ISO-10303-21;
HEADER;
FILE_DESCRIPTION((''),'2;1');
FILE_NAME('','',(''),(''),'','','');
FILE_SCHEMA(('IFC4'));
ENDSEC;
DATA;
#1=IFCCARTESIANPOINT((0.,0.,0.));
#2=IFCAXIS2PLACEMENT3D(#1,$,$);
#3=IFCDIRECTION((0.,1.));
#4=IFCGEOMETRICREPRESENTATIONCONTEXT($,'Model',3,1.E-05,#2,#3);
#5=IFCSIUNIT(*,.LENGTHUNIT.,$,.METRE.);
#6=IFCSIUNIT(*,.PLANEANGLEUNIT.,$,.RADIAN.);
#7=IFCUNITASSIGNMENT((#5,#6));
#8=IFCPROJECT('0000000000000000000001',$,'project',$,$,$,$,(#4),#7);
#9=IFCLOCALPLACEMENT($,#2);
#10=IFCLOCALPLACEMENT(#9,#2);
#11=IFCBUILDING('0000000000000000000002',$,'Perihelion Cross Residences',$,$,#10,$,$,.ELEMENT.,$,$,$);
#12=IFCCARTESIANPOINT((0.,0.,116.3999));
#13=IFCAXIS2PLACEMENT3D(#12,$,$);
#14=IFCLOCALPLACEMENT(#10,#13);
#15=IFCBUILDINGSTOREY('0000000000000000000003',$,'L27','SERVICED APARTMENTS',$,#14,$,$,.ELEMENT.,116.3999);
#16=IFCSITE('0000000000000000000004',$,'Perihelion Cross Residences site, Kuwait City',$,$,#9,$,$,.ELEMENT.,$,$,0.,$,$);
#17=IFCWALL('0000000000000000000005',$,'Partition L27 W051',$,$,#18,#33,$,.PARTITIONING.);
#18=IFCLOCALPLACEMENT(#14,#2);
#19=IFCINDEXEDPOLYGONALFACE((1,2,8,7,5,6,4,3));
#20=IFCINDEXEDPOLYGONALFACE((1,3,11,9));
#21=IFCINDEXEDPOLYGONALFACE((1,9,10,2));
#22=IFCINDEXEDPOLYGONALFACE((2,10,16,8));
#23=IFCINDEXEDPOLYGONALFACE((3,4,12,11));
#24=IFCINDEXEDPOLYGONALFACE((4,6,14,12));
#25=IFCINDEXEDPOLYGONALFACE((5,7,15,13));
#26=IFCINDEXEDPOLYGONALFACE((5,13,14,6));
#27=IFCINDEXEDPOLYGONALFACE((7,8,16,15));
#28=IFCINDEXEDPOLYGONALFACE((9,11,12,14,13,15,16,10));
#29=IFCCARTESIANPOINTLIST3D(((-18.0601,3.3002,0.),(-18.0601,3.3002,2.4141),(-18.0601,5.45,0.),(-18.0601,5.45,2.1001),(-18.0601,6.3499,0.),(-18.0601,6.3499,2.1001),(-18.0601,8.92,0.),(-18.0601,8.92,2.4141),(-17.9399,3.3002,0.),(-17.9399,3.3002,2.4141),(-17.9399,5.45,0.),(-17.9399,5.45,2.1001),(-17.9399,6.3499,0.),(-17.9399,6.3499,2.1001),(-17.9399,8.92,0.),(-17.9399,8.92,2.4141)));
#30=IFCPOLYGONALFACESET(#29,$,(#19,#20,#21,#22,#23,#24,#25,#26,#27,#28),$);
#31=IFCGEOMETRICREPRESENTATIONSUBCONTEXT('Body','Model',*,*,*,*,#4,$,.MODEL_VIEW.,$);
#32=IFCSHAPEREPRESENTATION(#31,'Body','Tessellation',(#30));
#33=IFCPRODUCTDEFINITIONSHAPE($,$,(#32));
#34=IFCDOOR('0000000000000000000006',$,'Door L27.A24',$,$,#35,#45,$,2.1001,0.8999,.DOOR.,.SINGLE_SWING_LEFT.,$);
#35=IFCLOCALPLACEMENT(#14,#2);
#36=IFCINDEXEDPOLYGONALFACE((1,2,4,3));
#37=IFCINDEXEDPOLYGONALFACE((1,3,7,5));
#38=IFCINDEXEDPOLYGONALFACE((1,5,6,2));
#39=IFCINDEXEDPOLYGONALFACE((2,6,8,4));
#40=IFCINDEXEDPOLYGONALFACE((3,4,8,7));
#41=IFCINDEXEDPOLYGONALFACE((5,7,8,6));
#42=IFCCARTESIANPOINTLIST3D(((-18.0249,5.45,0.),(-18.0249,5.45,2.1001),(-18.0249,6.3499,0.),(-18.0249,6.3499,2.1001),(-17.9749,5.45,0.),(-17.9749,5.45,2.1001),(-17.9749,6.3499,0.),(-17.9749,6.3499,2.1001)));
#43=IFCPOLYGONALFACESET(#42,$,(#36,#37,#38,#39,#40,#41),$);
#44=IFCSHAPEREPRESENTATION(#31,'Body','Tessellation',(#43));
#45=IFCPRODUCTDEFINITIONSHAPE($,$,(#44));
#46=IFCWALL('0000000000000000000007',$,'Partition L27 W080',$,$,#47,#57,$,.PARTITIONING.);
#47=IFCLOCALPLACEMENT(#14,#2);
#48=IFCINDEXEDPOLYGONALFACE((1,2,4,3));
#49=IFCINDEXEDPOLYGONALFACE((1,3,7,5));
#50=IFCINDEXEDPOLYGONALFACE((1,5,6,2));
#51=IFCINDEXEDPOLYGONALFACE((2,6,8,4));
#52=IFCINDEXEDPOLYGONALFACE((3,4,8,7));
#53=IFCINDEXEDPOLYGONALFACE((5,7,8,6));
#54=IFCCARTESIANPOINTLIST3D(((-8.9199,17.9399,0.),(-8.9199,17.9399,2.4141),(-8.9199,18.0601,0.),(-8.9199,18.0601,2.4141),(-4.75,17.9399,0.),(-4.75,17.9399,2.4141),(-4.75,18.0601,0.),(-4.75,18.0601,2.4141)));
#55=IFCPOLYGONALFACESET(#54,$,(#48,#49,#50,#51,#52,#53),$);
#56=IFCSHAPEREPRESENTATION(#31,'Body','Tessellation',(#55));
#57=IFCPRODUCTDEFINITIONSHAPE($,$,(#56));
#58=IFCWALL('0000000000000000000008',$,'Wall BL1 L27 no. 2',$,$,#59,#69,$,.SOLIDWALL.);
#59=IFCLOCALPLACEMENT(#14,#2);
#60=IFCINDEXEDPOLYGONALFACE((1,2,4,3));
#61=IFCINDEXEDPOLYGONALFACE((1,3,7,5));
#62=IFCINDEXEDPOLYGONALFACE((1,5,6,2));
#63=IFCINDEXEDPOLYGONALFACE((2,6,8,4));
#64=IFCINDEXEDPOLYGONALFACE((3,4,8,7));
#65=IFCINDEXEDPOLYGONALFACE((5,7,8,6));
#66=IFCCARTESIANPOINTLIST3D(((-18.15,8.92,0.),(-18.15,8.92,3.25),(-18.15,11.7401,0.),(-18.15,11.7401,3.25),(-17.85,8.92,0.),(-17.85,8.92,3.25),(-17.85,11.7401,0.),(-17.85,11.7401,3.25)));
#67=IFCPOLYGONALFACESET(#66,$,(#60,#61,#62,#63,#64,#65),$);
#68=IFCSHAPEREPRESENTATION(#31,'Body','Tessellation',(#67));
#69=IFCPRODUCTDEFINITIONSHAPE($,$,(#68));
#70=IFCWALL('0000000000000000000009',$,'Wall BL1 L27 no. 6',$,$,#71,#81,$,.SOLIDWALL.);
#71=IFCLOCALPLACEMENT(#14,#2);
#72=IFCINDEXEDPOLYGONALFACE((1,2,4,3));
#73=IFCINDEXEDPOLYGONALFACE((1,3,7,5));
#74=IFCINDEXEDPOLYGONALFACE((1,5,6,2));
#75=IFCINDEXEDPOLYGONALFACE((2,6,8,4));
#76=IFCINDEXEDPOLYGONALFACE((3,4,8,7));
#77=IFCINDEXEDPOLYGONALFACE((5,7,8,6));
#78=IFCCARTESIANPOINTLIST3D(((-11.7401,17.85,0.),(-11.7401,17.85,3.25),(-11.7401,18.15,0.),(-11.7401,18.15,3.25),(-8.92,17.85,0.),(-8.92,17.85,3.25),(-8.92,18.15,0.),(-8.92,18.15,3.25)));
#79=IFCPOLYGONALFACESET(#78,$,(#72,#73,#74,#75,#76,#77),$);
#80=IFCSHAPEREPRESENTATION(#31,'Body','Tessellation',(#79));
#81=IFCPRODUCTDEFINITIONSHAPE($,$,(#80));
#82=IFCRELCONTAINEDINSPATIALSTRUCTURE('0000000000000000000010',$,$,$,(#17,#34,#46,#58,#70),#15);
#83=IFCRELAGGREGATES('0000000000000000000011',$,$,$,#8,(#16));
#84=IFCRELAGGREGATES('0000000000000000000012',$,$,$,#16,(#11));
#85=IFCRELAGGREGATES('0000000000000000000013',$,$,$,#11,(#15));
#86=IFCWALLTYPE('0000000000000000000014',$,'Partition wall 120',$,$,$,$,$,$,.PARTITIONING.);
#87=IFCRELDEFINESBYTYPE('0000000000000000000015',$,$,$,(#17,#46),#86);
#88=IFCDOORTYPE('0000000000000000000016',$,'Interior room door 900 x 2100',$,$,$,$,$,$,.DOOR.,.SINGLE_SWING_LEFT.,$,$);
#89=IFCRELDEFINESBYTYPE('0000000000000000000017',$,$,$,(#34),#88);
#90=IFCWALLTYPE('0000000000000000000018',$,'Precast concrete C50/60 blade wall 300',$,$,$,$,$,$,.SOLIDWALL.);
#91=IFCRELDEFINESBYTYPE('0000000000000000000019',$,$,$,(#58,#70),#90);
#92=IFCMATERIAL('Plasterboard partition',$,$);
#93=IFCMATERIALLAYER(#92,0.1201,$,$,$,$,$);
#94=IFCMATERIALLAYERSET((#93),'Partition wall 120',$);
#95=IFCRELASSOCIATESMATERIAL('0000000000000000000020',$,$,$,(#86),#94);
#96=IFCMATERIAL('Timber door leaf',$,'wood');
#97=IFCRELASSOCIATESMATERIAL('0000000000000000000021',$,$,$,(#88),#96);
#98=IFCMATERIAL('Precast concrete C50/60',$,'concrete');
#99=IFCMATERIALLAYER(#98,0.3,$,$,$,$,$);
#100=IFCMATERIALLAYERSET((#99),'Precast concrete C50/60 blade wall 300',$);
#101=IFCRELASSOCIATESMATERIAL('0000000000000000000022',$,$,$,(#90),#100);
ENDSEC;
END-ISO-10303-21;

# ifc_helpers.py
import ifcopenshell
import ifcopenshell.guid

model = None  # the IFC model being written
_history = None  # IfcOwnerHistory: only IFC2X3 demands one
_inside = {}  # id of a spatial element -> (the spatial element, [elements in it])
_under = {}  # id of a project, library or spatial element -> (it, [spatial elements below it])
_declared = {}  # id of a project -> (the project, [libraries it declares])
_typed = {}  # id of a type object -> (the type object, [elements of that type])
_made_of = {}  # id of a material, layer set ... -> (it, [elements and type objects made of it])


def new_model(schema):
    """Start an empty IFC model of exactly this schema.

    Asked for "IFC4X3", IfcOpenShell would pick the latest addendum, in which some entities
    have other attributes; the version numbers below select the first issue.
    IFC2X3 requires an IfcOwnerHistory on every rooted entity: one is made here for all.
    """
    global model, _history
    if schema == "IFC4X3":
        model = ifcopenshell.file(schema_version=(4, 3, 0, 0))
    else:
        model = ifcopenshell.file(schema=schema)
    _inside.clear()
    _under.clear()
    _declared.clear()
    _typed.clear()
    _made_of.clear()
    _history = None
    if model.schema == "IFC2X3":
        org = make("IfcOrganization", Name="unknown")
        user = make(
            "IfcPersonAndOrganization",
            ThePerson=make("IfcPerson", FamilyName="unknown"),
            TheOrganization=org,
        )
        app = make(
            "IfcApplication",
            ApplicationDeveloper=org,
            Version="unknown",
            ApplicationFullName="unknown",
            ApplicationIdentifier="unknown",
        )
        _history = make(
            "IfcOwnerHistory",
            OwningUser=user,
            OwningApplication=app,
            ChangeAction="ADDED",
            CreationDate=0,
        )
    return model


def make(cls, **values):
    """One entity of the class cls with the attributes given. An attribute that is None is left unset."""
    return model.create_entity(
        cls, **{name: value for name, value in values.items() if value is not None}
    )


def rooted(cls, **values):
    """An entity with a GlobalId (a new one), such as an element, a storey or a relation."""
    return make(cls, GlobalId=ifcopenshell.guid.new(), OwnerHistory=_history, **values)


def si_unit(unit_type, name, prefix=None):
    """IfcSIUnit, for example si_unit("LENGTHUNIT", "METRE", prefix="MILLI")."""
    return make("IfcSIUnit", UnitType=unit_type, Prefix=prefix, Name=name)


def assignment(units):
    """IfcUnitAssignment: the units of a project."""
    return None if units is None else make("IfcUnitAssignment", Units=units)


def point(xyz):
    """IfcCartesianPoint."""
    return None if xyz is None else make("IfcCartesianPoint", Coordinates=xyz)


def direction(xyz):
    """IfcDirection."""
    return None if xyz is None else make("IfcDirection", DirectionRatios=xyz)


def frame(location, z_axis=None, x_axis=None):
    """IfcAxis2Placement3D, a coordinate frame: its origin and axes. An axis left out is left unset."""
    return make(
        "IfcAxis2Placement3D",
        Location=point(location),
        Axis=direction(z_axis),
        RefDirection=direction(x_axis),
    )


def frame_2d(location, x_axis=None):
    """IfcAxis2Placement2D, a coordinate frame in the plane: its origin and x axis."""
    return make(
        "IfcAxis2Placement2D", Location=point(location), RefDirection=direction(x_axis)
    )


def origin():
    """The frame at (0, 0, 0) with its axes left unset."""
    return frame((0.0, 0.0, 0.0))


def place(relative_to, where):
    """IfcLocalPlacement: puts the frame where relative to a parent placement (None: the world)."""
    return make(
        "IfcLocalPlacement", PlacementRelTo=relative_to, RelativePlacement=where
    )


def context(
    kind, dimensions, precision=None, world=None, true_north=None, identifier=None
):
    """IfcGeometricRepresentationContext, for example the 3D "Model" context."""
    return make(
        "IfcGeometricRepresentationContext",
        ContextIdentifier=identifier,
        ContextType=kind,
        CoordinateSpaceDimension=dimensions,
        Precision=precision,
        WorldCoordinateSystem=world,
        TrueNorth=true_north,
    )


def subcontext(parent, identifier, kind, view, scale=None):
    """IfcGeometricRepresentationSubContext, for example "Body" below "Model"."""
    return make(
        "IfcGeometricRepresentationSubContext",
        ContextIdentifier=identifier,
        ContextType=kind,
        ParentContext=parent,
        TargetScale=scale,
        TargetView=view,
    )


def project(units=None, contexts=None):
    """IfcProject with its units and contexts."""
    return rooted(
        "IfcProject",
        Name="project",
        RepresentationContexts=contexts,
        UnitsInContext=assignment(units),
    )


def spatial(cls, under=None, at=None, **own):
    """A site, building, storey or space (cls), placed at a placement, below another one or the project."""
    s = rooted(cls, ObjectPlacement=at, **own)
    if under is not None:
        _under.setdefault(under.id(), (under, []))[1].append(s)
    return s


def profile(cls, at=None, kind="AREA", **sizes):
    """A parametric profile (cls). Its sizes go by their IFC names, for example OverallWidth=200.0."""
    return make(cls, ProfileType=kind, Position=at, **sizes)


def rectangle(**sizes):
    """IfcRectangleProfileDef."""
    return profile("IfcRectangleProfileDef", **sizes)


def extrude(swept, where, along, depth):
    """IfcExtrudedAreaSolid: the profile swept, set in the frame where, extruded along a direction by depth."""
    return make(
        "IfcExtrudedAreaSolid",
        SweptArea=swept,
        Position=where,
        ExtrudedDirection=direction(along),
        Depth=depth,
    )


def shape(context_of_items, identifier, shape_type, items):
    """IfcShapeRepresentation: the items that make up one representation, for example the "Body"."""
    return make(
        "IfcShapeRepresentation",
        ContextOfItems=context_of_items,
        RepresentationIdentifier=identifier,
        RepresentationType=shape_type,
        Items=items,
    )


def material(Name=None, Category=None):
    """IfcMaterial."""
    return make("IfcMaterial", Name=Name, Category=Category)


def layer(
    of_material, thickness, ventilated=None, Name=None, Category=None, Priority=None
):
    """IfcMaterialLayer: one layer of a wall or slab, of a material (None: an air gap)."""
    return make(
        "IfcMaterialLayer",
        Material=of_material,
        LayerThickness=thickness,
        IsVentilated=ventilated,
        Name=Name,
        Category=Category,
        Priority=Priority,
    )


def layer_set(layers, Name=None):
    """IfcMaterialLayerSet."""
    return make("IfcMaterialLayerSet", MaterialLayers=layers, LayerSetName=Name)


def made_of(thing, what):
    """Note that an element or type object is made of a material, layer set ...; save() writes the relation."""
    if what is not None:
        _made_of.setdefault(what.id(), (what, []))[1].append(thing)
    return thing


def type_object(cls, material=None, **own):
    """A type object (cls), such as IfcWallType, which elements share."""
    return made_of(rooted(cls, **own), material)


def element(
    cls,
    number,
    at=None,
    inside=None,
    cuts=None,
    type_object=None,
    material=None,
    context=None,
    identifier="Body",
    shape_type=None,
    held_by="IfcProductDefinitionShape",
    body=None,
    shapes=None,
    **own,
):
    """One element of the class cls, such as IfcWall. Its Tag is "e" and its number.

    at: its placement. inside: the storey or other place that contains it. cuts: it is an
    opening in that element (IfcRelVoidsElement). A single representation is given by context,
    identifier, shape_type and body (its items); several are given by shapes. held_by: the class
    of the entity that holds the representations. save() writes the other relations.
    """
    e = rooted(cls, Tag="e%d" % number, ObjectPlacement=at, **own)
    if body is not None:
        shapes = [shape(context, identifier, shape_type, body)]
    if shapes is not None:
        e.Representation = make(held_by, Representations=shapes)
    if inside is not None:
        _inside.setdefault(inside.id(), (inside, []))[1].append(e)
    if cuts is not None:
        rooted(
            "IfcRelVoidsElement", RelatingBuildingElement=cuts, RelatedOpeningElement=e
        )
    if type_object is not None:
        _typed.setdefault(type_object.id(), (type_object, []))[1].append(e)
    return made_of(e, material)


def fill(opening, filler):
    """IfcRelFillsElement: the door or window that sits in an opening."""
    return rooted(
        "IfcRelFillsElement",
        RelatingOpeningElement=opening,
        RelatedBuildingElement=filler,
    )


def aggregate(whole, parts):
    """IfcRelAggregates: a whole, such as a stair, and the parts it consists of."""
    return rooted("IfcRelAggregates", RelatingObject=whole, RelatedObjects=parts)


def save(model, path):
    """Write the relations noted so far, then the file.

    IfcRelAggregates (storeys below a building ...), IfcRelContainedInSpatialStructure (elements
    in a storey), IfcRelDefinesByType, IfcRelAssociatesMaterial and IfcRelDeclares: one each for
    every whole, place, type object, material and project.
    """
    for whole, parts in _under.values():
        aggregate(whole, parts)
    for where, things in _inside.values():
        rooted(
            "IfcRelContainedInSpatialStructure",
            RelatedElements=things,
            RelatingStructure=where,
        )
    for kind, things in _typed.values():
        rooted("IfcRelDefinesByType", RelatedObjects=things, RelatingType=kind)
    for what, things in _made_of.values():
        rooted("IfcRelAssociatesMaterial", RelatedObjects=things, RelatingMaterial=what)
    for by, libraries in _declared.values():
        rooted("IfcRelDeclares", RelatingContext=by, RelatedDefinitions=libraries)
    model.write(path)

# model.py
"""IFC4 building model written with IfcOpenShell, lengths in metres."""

from ifc_helpers import new_model, si_unit, direction, frame, frame_2d, origin, place, context, subcontext, project, spatial, rectangle, extrude, material, layer, layer_set, type_object, element, fill, save


model = new_model("IFC4")

# Units and contexts
model_context = context("Model", 3, precision=1e-05, world=origin(), true_north=direction((0.0, 1.0)))
body_context = subcontext(model_context, "Body", "Model", "MODEL_VIEW")
ifc_project = project(units=[si_unit("LENGTHUNIT", "METRE"), si_unit("PLANEANGLEUNIT", "RADIAN")], contexts=[model_context])

# Site, building, storey
site_placement = place(None, origin())
site = spatial("IfcSite", under=ifc_project, at=site_placement, Name="Perihelion Cross Residences site, Kuwait City", CompositionType="ELEMENT", RefElevation=0.0)
building_placement = place(site_placement, origin())
building = spatial("IfcBuilding", under=site, at=building_placement, Name="Perihelion Cross Residences", CompositionType="ELEMENT")
storey_placement = place(building_placement, frame((0.0, 0.0, 116.3999)))
storey = spatial("IfcBuildingStorey", under=building, at=storey_placement, Name="L27", Description="SERVICED APARTMENTS", CompositionType="ELEMENT", Elevation=116.3999)

# Shared definitions
ifc_material_1 = material(Name="Plasterboard partition")
ifc_layer_1 = layer(ifc_material_1, 0.1201)
ifc_layer_set_1 = layer_set([ifc_layer_1], Name="Partition wall 120")
wall_type_1 = type_object("IfcWallType", Name="Partition wall 120", PredefinedType="PARTITIONING", material=ifc_layer_set_1)

# Wall, opening, door
ifc_material_2 = material(Name="Timber door leaf", Category="wood")
door_type_1 = type_object("IfcDoorType", Name="Interior room door 900 x 2100", OperationType="SINGLE_SWING_LEFT", PredefinedType="DOOR", material=ifc_material_2)
wall_1_placement = place(storey_placement, frame((-18.0, 3.3, 0.0), z_axis=(0.0, 0.0, 1.0), x_axis=(0.0, 1.0, 0.0)))
wall_1 = element("IfcWall", 1, at=wall_1_placement, inside=storey, type_object=wall_type_1, Name="Partition L27 W051", PredefinedType="PARTITIONING", context=body_context, shape_type="SweptSolid", body=[
    extrude(rectangle(XDim=5.6199, YDim=0.1201, at=frame_2d((2.8101, 0.0))), origin(), (0.0, 0.0, 1.0), 2.4141),
])
opening_1_placement = place(wall_1_placement, frame((2.1499, 0.0, 0.0)))
opening_1 = element("IfcOpeningElement", 2, at=opening_1_placement, cuts=wall_1, PredefinedType="OPENING", context=body_context, shape_type="SweptSolid", body=[
    extrude(rectangle(XDim=0.8999, YDim=2.1001, at=frame_2d((0.45, 1.05))), frame((0.0, 0.0701, 0.0), z_axis=(0.0, -1.0, 0.0), x_axis=(1.0, 0.0, 0.0)), (0.0, 0.0, 1.0), 0.1401),
])
door_1_placement = place(opening_1_placement, origin())
door_1 = element("IfcDoor", 3, at=door_1_placement, inside=storey, type_object=door_type_1, Name="Door L27.A24", OperationType="SINGLE_SWING_LEFT", OverallHeight=2.1001, OverallWidth=0.8999, PredefinedType="DOOR", context=body_context, shape_type="SweptSolid", body=[
    extrude(rectangle(XDim=0.8999, YDim=2.1001, at=frame_2d((0.45, 1.05))), frame((0.0, 0.0249, 0.0), z_axis=(0.0, -1.0, 0.0), x_axis=(1.0, 0.0, 0.0)), (0.0, 0.0, 1.0), 0.05),
])
fill(opening_1, door_1)

# Walls
wall_2_placement = place(storey_placement, frame((-8.9199, 18.0, 0.0), z_axis=(0.0, 0.0, 1.0), x_axis=(1.0, 0.0, 0.0)))
element("IfcWall", 4, at=wall_2_placement, inside=storey, type_object=wall_type_1, Name="Partition L27 W080", PredefinedType="PARTITIONING", context=body_context, shape_type="SweptSolid", body=[
    extrude(rectangle(XDim=4.1699, YDim=0.1201, at=frame_2d((2.085, 0.0))), origin(), (0.0, 0.0, 1.0), 2.4141),
])
ifc_material_3 = material(Name="Precast concrete C50/60", Category="concrete")
ifc_layer_2 = layer(ifc_material_3, 0.3)
ifc_layer_set_2 = layer_set([ifc_layer_2], Name="Precast concrete C50/60 blade wall 300")
wall_type_2 = type_object("IfcWallType", Name="Precast concrete C50/60 blade wall 300", PredefinedType="SOLIDWALL", material=ifc_layer_set_2)
for number, where, z_axis, x_axis, name in (
    (5, (-18.0, 8.9199, 0.0), (0.0, 0.0, 1.0), (0.0, 1.0, 0.0), "Wall BL1 L27 no. 2"),
    (6, (-8.9199, 18.0, 0.0), (0.0, 0.0, 1.0), (-1.0, 0.0, 0.0), "Wall BL1 L27 no. 6"),
):
    element("IfcWall", number, at=place(storey_placement, frame(where, z_axis=z_axis, x_axis=x_axis)), inside=storey, type_object=wall_type_2, Name=name, PredefinedType="SOLIDWALL", context=body_context, shape_type="SweptSolid", body=[
        extrude(rectangle(XDim=2.8201, YDim=0.3, at=frame_2d((1.4102, 0.0))), origin(), (0.0, 0.0, 1.0), 3.25),
    ])

save(model, "model.ifc")
